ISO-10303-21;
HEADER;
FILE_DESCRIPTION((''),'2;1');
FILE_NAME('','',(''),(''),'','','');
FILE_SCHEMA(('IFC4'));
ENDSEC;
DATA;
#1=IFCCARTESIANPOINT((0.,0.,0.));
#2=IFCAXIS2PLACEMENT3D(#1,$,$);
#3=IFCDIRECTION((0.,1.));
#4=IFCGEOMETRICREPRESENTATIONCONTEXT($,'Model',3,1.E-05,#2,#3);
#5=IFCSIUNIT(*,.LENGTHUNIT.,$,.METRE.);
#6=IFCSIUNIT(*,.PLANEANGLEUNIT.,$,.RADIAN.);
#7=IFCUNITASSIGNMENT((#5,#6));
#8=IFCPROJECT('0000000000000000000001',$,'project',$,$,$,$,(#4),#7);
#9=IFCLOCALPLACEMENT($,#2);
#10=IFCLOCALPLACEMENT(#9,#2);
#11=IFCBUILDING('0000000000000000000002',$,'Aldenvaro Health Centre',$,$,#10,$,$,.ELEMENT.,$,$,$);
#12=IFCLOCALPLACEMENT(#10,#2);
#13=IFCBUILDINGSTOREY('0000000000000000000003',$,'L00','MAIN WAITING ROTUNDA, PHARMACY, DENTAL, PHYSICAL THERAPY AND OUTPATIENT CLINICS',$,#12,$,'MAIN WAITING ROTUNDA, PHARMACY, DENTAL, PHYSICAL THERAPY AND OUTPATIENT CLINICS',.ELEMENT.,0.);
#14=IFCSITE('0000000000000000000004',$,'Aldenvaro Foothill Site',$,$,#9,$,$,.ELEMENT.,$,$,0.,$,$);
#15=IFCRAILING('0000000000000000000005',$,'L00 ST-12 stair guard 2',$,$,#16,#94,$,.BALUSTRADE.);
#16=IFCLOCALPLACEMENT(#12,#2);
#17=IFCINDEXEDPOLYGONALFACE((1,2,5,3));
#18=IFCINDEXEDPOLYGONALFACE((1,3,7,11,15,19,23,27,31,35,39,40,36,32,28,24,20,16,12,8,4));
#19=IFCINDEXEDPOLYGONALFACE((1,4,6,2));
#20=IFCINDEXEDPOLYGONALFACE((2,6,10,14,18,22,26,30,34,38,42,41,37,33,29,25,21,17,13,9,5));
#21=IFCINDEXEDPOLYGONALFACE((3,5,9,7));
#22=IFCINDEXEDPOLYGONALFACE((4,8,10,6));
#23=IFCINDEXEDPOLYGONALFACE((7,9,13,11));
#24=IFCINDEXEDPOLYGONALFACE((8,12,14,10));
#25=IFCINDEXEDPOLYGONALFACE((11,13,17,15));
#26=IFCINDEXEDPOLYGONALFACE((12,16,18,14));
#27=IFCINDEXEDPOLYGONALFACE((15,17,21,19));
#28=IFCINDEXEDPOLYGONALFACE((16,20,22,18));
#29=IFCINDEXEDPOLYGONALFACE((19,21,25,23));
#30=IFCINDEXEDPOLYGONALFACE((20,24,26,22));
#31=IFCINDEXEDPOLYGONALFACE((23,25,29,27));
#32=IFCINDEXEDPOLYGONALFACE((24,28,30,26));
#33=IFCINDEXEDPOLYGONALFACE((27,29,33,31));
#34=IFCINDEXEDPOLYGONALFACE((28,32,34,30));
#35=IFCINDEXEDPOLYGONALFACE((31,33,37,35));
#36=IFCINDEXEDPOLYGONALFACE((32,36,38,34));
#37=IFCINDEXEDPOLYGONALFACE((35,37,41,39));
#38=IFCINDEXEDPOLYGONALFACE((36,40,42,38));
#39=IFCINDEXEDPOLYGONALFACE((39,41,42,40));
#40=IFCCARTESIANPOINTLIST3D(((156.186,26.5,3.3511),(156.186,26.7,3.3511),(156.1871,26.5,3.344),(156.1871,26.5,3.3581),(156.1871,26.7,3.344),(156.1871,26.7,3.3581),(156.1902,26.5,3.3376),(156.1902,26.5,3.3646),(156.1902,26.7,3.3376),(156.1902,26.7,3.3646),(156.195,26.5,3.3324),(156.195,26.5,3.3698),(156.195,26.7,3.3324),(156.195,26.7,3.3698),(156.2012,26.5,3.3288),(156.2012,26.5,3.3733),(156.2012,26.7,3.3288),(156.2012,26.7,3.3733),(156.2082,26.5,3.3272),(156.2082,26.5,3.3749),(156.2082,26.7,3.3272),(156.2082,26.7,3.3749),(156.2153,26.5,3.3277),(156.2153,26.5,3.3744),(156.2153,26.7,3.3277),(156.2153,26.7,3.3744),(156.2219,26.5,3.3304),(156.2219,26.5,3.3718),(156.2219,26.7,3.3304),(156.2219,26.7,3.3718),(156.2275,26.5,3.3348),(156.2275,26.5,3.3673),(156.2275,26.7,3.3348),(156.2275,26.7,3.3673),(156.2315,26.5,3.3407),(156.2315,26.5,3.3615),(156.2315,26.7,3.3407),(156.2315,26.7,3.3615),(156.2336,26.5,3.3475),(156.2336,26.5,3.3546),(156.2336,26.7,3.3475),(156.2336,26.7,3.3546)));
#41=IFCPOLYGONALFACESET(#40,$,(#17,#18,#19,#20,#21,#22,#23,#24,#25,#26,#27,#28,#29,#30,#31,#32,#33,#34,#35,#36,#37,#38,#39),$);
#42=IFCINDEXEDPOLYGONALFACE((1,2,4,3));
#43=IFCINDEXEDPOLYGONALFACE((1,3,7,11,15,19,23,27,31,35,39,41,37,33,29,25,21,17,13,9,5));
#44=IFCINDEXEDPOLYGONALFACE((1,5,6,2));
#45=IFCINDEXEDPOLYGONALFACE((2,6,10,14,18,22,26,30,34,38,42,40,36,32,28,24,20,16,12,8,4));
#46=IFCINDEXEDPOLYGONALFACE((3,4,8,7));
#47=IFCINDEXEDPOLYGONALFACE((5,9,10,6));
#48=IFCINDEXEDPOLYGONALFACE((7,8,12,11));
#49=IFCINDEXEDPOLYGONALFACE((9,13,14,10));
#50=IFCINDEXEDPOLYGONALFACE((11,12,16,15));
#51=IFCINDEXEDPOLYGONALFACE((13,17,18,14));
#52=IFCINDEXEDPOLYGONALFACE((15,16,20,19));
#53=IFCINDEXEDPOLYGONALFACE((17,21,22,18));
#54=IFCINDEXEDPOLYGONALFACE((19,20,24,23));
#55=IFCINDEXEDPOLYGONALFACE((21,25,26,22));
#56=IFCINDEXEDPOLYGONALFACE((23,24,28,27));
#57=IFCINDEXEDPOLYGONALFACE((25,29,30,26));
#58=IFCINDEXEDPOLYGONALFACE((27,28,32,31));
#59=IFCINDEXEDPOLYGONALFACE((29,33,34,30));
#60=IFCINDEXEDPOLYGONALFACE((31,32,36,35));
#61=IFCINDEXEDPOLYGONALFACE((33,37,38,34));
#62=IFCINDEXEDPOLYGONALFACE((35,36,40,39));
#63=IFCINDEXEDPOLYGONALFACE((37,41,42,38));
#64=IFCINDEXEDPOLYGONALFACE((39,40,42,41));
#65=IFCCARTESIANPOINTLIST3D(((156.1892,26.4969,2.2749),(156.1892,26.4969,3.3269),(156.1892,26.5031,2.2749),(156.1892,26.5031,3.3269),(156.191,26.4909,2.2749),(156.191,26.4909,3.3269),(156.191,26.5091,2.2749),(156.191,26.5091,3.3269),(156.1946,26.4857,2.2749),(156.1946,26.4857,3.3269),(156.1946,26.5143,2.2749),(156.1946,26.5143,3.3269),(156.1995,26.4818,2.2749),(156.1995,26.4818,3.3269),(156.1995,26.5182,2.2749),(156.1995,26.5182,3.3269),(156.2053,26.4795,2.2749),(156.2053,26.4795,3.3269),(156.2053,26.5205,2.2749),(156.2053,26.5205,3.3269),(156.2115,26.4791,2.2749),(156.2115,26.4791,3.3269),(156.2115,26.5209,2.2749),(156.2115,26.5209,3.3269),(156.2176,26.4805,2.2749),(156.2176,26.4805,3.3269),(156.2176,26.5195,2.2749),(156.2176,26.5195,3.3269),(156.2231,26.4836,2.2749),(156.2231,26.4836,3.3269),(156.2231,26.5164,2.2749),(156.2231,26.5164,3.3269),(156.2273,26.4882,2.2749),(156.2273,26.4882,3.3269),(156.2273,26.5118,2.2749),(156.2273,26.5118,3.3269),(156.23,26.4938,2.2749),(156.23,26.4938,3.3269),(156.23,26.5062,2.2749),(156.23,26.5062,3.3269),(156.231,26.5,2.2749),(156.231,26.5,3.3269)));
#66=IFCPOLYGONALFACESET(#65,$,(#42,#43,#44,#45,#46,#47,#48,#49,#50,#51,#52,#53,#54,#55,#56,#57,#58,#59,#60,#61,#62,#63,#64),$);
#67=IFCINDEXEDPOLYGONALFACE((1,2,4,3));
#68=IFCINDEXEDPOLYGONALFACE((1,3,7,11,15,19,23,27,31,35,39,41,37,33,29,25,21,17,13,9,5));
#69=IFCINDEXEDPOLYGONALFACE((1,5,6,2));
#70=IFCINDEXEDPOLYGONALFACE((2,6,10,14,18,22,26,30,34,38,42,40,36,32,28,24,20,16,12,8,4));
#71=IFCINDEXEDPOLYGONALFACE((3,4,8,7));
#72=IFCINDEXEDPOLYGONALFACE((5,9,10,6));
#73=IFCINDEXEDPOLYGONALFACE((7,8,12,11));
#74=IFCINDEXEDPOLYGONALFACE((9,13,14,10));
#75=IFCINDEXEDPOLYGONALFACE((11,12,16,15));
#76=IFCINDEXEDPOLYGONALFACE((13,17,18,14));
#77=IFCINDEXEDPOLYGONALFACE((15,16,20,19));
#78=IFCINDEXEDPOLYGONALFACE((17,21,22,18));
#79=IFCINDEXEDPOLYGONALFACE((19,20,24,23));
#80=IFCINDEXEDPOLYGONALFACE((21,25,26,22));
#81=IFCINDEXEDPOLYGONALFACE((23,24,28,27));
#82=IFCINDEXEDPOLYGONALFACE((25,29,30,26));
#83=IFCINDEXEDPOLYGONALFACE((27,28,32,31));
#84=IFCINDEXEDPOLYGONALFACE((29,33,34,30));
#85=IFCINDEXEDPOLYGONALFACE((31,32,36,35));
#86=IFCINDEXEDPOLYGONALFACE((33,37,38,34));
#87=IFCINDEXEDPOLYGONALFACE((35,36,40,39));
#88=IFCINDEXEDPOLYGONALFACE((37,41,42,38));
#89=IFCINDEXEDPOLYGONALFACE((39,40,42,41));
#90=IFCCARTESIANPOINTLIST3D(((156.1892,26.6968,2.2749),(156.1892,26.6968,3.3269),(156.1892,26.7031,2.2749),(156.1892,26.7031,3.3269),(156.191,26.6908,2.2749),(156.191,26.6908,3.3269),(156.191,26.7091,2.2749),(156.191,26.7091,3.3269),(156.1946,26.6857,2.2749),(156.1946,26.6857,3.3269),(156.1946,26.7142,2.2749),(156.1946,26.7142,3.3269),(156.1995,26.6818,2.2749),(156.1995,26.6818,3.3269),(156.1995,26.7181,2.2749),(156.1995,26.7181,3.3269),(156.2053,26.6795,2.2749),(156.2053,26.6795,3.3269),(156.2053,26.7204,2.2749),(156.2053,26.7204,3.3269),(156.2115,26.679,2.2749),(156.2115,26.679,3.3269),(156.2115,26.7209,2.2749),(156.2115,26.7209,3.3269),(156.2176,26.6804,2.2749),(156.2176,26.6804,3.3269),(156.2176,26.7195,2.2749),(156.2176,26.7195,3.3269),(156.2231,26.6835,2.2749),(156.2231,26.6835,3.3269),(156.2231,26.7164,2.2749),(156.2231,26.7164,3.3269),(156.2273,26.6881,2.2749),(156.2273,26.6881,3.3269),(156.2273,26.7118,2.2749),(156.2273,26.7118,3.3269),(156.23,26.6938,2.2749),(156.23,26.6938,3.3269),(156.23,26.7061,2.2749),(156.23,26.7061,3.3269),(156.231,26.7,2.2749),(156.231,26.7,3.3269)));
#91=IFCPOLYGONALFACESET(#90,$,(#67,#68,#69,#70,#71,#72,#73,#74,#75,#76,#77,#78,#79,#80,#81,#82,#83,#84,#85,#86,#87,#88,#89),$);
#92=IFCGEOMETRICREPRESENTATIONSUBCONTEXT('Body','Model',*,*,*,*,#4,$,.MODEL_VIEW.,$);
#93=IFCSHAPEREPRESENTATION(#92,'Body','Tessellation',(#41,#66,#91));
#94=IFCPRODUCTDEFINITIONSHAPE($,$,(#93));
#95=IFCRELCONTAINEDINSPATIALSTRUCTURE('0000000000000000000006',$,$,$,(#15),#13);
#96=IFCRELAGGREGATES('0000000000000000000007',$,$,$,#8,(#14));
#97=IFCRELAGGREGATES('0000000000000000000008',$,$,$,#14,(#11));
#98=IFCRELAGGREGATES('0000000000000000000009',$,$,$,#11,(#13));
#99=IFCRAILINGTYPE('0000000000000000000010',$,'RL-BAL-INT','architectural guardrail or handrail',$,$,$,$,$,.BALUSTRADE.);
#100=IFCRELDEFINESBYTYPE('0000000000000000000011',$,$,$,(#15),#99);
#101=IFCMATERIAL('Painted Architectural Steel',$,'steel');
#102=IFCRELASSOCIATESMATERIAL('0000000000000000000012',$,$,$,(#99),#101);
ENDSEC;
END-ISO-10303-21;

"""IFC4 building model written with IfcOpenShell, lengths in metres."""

from ifc_helpers import new_model, si_unit, direction, frame, origin, origin_2d, place, context, subcontext, project, spatial, circle, extrude, material, type_object, element, save


model = new_model("IFC4")

# Units and contexts
model_context = context("Model", 3, precision=1e-05, world=origin(), true_north=direction((0.0, 1.0)))
body_context = subcontext(model_context, "Body", "Model", "MODEL_VIEW")
ifc_project = project(units=[si_unit("LENGTHUNIT", "METRE"), si_unit("PLANEANGLEUNIT", "RADIAN")], contexts=[model_context])

# Site, building, storey
site_placement = place(None, origin())
site = spatial("IfcSite", under=ifc_project, at=site_placement, Name="Aldenvaro Foothill Site", CompositionType="ELEMENT", RefElevation=0.0)
building_placement = place(site_placement, origin())
building = spatial("IfcBuilding", under=site, at=building_placement, Name="Aldenvaro Health Centre", CompositionType="ELEMENT")
storey_placement = place(building_placement, origin())
storey = spatial("IfcBuildingStorey", under=building, at=storey_placement, Name="L00", Description="MAIN WAITING ROTUNDA, PHARMACY, DENTAL, PHYSICAL THERAPY AND OUTPATIENT CLINICS", LongName="MAIN WAITING ROTUNDA, PHARMACY, DENTAL, PHYSICAL THERAPY AND OUTPATIENT CLINICS", CompositionType="ELEMENT", Elevation=0.0)

# Railing
ifc_material_1 = material(Name="Painted Architectural Steel", Category="steel")
railing_type_1 = type_object("IfcRailingType", Name="RL-BAL-INT", Description="architectural guardrail or handrail", PredefinedType="BALUSTRADE", material=ifc_material_1)
railing_1_placement = place(storey_placement, frame((156.21, 26.5, 2.2749)))
element("IfcRailing", 1, at=railing_1_placement, inside=storey, type_object=railing_type_1, Name="L00 ST-12 stair guard 2", PredefinedType="BALUSTRADE", context=body_context, shape_type="SweptSolid", body=[
    extrude(circle(Radius=0.0239, at=origin_2d()), frame((0.0, 0.0, 1.0762), z_axis=(0.0, 1.0, 0.0), x_axis=(-1.0, 0.0, 0.0)), (0.0, 0.0, 1.0), 0.2),
    extrude(circle(Radius=0.021, at=origin_2d()), origin(), (0.0, 0.0, 1.0), 1.052),
    extrude(circle(Radius=0.021, at=origin_2d()), frame((0.0, 0.2, 0.0)), (0.0, 0.0, 1.0), 1.052),
])

save(model, "model.ifc")
